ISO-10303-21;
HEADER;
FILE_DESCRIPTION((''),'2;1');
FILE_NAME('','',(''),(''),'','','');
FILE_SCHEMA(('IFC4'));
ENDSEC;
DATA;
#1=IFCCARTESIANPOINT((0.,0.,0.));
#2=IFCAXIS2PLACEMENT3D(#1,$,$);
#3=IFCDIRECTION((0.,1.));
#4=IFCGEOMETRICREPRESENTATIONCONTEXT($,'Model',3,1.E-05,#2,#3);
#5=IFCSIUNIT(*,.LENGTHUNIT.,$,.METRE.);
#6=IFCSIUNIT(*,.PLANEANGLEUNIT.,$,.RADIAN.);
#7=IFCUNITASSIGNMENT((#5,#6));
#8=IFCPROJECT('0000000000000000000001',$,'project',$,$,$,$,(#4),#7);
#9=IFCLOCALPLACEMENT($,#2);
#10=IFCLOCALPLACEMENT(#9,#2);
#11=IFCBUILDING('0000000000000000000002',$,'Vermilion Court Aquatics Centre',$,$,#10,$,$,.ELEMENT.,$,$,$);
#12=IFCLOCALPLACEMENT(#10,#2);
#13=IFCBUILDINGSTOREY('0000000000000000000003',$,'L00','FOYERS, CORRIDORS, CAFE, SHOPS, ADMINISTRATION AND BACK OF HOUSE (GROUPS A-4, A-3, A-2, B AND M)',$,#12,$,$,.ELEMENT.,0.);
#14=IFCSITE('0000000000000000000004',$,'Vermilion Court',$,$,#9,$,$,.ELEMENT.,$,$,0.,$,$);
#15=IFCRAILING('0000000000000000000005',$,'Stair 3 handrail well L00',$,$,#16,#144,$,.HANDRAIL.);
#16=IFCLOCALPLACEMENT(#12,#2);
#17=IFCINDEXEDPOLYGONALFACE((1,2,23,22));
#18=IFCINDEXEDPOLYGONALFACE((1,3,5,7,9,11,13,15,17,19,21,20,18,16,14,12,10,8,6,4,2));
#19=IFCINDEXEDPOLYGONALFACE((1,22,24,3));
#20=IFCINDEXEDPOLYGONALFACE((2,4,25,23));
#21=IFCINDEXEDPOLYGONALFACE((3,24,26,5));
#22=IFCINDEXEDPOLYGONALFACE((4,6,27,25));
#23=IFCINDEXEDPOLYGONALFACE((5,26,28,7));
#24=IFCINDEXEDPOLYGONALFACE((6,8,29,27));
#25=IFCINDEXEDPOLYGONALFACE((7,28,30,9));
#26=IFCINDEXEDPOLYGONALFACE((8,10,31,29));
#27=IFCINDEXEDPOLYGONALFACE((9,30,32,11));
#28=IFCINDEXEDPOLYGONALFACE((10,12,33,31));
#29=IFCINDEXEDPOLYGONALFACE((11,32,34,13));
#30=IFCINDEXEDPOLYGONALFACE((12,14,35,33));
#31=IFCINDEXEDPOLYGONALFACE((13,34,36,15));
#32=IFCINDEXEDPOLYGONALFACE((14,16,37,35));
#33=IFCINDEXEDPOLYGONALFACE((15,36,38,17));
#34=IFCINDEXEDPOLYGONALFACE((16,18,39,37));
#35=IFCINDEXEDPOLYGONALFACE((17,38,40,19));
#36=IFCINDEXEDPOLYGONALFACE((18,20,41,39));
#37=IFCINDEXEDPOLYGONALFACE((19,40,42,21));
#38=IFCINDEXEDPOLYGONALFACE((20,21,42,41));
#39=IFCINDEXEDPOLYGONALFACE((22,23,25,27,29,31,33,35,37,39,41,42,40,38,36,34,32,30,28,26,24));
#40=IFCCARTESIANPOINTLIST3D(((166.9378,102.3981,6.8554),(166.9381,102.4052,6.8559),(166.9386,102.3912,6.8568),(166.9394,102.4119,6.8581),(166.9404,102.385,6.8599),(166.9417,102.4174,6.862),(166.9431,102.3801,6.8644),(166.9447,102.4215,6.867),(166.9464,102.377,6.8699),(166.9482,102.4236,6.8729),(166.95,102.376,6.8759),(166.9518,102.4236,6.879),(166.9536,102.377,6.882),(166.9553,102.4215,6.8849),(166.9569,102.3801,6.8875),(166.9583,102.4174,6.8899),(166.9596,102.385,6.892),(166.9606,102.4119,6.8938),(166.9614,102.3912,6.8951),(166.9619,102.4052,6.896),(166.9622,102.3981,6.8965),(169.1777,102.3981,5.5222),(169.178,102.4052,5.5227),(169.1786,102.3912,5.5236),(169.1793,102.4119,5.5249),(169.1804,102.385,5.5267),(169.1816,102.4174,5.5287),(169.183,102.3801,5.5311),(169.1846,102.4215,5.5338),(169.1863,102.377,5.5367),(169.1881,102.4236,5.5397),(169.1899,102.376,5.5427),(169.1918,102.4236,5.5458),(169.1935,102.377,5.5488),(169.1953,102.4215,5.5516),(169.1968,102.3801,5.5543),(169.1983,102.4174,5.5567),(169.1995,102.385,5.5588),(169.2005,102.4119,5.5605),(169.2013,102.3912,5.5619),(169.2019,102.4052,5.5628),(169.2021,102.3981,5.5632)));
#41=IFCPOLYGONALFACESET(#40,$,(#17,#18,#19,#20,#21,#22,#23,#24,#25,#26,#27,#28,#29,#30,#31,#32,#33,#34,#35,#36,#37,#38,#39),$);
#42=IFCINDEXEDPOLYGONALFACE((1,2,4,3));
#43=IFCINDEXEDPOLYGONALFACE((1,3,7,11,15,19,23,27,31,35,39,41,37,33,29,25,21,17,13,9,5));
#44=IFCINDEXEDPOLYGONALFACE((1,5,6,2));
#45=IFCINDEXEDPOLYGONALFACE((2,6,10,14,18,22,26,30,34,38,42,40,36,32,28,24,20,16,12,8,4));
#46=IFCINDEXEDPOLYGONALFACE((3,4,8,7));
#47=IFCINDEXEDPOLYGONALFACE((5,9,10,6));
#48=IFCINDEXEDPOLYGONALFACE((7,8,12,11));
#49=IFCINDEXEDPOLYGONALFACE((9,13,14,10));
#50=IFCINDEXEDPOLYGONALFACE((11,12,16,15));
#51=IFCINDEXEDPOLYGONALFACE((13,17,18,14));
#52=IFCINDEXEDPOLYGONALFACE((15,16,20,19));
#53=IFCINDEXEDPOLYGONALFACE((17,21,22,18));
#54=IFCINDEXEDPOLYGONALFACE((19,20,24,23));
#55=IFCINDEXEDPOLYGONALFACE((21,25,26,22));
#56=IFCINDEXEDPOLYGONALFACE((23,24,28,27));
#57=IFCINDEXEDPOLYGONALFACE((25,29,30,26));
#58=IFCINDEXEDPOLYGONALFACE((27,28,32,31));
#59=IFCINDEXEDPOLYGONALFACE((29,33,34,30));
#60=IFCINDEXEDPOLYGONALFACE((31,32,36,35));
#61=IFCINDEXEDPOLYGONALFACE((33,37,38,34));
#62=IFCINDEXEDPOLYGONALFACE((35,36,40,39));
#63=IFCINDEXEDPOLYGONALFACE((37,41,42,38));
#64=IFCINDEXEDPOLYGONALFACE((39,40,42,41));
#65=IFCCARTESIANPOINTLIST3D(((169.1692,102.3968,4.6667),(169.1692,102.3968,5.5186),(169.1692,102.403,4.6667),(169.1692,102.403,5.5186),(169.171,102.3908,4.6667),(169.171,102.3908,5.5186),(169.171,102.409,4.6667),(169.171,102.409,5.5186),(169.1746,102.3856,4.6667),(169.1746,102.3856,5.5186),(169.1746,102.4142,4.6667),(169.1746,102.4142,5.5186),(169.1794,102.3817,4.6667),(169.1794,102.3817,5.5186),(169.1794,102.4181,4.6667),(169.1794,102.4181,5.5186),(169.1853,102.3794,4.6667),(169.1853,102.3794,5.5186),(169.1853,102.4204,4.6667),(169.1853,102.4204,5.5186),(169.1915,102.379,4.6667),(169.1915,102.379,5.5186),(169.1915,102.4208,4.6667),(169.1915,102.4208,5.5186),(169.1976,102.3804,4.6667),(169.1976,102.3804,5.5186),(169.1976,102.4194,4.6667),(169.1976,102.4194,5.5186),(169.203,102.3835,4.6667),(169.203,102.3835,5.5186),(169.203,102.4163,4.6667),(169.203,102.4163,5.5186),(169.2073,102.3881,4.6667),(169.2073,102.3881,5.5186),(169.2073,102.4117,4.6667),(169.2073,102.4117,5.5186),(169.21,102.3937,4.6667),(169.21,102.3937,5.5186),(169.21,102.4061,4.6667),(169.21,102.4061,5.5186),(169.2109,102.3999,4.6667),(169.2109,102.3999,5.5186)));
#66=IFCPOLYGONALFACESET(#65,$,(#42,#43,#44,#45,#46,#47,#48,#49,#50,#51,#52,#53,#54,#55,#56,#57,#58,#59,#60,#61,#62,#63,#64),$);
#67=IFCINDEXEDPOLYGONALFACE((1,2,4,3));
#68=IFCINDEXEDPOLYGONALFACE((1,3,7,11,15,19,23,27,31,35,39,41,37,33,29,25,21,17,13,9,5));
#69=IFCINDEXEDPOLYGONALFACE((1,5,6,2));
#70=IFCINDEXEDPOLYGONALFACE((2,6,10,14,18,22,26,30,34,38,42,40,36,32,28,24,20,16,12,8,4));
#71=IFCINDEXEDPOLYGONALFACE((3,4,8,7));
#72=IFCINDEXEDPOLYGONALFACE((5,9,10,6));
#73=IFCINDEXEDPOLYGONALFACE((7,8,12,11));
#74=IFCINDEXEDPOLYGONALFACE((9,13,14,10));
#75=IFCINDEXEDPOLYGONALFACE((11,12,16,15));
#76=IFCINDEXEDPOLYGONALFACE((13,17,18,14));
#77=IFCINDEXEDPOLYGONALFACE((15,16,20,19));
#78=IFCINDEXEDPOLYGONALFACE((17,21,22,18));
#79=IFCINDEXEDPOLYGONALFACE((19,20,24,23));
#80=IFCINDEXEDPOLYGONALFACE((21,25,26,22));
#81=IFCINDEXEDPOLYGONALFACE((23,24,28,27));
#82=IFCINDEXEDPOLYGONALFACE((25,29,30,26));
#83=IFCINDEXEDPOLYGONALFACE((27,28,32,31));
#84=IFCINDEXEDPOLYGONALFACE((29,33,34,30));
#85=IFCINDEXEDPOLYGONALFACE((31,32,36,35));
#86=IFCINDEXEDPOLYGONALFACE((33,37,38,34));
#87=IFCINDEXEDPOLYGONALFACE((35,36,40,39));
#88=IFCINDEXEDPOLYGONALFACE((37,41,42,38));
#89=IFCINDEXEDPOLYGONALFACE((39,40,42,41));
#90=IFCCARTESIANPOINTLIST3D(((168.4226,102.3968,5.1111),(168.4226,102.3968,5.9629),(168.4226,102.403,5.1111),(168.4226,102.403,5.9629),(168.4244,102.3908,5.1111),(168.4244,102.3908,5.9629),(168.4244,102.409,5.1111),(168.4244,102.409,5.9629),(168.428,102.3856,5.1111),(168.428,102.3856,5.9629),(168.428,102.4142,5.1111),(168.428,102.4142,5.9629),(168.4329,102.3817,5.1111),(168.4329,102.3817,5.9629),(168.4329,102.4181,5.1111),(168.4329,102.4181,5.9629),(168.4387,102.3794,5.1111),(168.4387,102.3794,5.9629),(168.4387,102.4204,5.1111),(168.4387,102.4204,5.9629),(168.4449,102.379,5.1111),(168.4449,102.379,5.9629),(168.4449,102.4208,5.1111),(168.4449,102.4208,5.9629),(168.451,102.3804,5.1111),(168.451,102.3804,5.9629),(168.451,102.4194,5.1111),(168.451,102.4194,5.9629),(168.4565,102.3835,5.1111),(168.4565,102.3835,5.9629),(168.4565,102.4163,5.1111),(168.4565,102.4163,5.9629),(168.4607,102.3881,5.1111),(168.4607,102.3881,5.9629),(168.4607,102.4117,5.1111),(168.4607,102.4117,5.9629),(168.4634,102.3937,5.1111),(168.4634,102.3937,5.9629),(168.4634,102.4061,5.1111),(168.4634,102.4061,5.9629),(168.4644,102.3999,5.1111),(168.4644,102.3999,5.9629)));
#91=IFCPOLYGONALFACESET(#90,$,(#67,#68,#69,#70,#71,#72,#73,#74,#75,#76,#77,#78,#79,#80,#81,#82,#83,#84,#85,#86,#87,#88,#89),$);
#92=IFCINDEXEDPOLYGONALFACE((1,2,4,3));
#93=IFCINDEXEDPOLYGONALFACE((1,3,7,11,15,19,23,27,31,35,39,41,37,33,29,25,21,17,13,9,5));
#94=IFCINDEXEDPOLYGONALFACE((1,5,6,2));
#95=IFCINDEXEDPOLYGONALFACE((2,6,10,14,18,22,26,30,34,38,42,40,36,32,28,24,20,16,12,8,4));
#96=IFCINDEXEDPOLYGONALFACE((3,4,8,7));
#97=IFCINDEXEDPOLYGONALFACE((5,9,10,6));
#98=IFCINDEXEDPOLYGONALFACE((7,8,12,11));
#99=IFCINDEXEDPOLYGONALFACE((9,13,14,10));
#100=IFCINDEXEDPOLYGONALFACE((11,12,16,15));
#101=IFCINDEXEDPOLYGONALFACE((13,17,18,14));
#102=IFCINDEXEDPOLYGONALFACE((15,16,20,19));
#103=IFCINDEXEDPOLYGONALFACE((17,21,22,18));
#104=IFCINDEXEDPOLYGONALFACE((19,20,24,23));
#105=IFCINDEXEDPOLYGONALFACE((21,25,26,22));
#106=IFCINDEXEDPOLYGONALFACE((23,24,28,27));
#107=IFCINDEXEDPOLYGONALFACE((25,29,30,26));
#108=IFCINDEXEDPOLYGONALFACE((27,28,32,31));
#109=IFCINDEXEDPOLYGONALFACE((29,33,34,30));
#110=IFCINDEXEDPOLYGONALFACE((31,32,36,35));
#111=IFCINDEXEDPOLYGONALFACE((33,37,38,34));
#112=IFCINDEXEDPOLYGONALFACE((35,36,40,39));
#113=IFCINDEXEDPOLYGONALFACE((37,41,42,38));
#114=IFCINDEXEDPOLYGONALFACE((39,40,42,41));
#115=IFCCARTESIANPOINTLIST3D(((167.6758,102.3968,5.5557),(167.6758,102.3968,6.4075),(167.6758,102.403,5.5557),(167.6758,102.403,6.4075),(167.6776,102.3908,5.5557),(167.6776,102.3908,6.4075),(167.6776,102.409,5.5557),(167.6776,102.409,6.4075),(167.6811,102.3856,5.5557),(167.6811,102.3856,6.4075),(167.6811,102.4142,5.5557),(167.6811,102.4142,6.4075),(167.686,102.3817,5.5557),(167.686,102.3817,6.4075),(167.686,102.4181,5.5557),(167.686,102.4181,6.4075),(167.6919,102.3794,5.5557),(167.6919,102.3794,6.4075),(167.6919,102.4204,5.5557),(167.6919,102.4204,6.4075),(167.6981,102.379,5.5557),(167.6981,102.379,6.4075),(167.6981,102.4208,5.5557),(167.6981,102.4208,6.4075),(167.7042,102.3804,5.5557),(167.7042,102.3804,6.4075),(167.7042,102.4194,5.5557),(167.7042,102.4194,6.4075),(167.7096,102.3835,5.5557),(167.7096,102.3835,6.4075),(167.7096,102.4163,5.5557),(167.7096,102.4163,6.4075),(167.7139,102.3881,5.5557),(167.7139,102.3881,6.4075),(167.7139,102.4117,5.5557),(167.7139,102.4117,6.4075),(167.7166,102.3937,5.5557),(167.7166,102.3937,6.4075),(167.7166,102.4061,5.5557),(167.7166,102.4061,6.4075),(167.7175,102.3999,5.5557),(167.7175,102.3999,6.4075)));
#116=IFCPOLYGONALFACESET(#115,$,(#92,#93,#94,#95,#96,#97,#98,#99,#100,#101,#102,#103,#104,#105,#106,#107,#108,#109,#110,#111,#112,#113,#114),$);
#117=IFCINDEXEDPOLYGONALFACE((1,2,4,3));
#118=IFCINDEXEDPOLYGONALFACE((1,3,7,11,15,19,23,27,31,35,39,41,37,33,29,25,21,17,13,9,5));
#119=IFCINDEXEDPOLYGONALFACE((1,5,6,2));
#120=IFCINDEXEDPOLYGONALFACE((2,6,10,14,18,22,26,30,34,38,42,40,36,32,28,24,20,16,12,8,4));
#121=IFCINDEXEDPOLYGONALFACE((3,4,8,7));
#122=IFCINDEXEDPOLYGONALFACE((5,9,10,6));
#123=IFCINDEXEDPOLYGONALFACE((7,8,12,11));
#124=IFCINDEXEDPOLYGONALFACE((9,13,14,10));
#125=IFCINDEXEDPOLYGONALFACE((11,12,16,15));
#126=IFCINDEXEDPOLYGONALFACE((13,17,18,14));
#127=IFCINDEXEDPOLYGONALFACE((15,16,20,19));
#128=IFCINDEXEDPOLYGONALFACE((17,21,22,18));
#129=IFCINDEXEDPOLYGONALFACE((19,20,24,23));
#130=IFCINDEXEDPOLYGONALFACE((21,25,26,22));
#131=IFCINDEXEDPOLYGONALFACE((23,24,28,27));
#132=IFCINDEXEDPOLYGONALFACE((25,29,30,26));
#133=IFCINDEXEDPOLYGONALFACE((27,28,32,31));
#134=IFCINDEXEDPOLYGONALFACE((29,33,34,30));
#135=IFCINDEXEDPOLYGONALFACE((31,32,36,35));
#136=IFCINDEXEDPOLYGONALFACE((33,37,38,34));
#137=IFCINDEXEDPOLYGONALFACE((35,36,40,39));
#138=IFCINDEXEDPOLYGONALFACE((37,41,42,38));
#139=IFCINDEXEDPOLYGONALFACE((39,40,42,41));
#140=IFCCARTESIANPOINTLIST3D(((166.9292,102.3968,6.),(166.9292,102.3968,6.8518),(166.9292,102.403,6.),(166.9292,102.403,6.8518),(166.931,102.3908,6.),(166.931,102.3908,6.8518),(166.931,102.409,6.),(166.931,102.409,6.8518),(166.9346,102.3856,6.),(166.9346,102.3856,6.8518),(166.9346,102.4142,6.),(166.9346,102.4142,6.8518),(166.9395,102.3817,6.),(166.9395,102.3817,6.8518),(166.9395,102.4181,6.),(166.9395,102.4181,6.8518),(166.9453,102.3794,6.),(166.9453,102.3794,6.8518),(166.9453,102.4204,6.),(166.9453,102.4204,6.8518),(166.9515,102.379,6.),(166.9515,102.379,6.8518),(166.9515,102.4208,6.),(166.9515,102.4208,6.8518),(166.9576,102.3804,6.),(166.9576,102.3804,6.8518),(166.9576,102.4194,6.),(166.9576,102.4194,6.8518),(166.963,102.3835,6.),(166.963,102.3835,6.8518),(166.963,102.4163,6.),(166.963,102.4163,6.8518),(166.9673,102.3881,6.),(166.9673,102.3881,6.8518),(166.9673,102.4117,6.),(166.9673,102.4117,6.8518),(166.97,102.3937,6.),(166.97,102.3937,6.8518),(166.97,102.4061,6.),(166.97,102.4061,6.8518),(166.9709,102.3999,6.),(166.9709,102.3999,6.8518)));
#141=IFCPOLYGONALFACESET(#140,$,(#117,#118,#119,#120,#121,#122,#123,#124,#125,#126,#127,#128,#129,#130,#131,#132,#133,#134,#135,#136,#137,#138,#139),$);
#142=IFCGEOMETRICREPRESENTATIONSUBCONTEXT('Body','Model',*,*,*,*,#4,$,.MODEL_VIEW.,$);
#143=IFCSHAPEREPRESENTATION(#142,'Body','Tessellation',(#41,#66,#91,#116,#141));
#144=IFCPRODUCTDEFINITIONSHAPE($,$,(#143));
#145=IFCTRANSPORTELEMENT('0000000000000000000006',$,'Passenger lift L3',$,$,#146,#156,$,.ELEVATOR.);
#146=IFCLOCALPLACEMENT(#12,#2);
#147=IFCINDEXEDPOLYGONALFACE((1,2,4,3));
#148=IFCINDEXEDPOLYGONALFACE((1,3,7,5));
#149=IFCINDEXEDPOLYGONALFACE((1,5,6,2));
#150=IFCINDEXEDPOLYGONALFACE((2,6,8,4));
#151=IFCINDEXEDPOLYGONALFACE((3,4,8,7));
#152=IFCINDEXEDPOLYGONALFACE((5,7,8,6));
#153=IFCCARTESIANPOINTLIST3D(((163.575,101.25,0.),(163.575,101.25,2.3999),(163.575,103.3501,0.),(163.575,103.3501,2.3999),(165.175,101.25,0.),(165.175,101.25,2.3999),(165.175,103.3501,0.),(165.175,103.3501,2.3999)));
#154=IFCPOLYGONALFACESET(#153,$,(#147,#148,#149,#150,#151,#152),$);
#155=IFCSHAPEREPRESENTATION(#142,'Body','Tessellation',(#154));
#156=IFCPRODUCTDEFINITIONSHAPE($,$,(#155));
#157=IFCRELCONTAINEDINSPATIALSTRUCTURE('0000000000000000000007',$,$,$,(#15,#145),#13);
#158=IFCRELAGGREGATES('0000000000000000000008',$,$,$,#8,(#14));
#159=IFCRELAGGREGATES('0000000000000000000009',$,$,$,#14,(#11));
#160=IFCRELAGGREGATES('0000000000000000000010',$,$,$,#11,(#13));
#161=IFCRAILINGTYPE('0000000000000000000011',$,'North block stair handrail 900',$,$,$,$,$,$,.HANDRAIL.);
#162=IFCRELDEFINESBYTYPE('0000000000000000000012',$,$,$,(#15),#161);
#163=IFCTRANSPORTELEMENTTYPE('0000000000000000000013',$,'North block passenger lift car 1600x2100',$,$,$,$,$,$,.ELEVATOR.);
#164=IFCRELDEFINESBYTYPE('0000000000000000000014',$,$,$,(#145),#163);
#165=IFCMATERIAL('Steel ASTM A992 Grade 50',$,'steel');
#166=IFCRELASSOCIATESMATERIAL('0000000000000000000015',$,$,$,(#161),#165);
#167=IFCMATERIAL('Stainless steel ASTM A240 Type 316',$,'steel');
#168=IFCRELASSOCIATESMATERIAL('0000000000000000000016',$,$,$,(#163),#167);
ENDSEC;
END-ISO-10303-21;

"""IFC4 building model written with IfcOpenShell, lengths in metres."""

from ifc_helpers import new_model, si_unit, direction, frame, origin, origin_2d, place, context, subcontext, project, spatial, rectangle, circle, extrude, material, type_object, element, save


model = new_model("IFC4")

# Units and contexts
model_context = context("Model", 3, precision=1e-05, world=origin(), true_north=direction((0.0, 1.0)))
body_context = subcontext(model_context, "Body", "Model", "MODEL_VIEW")
ifc_project = project(units=[si_unit("LENGTHUNIT", "METRE"), si_unit("PLANEANGLEUNIT", "RADIAN")], contexts=[model_context])

# Site, building, storey
site_placement = place(None, origin())
site = spatial("IfcSite", under=ifc_project, at=site_placement, Name="Vermilion Court", CompositionType="ELEMENT", RefElevation=0.0)
building_placement = place(site_placement, origin())
building = spatial("IfcBuilding", under=site, at=building_placement, Name="Vermilion Court Aquatics Centre", CompositionType="ELEMENT")
storey_placement = place(building_placement, origin())
storey = spatial("IfcBuildingStorey", under=building, at=storey_placement, Name="L00", Description="FOYERS, CORRIDORS, CAFE, SHOPS, ADMINISTRATION AND BACK OF HOUSE (GROUPS A-4, A-3, A-2, B AND M)", CompositionType="ELEMENT", Elevation=0.0)

# Railing
ifc_material_1 = material(Name="Steel ASTM A992 Grade 50", Category="steel")
railing_type_1 = type_object("IfcRailingType", Name="North block stair handrail 900", PredefinedType="HANDRAIL", material=ifc_material_1)
for number, where, name in (
    (1, (169.1899, 102.3999, 4.6667), "Stair 3 handrail well L00"),
):
    element("IfcRailing", number, at=place(storey_placement, frame(where)), inside=storey, type_object=railing_type_1, Name=name, PredefinedType="HANDRAIL", context=body_context, shape_type="SweptSolid", body=[
        extrude(circle(Radius=0.0239, at=origin_2d()), frame((0.0, 0.0, 0.876), z_axis=(-0.859306, 0.0, 0.511462), x_axis=(0.0, -1.0, 0.0)), (0.0, 0.0, 1.0), 2.6067),
        extrude(circle(Radius=0.021, at=origin_2d()), origin(), (0.0, 0.0, 1.0), 0.8518),
        extrude(circle(Radius=0.021, at=origin_2d()), frame((-0.7466, 0.0, 0.4443)), (0.0, 0.0, 1.0), 0.8518),
        extrude(circle(Radius=0.021, at=origin_2d()), frame((-1.4934, 0.0, 0.8889)), (0.0, 0.0, 1.0), 0.8518),
        extrude(circle(Radius=0.021, at=origin_2d()), frame((-2.24, 0.0, 1.3333)), (0.0, 0.0, 1.0), 0.8518),
    ])

# Transport element
ifc_material_2 = material(Name="Stainless steel ASTM A240 Type 316", Category="steel")
transport_element_type = type_object("IfcTransportElementType", Name="North block passenger lift car 1600x2100", PredefinedType="ELEVATOR", material=ifc_material_2)
transport_element_placement = place(storey_placement, frame((164.375, 102.3, 0.0), z_axis=(0.0, 0.0, 1.0), x_axis=(1.0, 0.0, 0.0)))
element("IfcTransportElement", 2, at=transport_element_placement, inside=storey, type_object=transport_element_type, Name="Passenger lift L3", PredefinedType="ELEVATOR", context=body_context, shape_type="SweptSolid", body=[
    extrude(rectangle(XDim=1.6001, YDim=2.1001, at=origin_2d()), origin(), (0.0, 0.0, 1.0), 2.3999),
])

save(model, "model.ifc")
